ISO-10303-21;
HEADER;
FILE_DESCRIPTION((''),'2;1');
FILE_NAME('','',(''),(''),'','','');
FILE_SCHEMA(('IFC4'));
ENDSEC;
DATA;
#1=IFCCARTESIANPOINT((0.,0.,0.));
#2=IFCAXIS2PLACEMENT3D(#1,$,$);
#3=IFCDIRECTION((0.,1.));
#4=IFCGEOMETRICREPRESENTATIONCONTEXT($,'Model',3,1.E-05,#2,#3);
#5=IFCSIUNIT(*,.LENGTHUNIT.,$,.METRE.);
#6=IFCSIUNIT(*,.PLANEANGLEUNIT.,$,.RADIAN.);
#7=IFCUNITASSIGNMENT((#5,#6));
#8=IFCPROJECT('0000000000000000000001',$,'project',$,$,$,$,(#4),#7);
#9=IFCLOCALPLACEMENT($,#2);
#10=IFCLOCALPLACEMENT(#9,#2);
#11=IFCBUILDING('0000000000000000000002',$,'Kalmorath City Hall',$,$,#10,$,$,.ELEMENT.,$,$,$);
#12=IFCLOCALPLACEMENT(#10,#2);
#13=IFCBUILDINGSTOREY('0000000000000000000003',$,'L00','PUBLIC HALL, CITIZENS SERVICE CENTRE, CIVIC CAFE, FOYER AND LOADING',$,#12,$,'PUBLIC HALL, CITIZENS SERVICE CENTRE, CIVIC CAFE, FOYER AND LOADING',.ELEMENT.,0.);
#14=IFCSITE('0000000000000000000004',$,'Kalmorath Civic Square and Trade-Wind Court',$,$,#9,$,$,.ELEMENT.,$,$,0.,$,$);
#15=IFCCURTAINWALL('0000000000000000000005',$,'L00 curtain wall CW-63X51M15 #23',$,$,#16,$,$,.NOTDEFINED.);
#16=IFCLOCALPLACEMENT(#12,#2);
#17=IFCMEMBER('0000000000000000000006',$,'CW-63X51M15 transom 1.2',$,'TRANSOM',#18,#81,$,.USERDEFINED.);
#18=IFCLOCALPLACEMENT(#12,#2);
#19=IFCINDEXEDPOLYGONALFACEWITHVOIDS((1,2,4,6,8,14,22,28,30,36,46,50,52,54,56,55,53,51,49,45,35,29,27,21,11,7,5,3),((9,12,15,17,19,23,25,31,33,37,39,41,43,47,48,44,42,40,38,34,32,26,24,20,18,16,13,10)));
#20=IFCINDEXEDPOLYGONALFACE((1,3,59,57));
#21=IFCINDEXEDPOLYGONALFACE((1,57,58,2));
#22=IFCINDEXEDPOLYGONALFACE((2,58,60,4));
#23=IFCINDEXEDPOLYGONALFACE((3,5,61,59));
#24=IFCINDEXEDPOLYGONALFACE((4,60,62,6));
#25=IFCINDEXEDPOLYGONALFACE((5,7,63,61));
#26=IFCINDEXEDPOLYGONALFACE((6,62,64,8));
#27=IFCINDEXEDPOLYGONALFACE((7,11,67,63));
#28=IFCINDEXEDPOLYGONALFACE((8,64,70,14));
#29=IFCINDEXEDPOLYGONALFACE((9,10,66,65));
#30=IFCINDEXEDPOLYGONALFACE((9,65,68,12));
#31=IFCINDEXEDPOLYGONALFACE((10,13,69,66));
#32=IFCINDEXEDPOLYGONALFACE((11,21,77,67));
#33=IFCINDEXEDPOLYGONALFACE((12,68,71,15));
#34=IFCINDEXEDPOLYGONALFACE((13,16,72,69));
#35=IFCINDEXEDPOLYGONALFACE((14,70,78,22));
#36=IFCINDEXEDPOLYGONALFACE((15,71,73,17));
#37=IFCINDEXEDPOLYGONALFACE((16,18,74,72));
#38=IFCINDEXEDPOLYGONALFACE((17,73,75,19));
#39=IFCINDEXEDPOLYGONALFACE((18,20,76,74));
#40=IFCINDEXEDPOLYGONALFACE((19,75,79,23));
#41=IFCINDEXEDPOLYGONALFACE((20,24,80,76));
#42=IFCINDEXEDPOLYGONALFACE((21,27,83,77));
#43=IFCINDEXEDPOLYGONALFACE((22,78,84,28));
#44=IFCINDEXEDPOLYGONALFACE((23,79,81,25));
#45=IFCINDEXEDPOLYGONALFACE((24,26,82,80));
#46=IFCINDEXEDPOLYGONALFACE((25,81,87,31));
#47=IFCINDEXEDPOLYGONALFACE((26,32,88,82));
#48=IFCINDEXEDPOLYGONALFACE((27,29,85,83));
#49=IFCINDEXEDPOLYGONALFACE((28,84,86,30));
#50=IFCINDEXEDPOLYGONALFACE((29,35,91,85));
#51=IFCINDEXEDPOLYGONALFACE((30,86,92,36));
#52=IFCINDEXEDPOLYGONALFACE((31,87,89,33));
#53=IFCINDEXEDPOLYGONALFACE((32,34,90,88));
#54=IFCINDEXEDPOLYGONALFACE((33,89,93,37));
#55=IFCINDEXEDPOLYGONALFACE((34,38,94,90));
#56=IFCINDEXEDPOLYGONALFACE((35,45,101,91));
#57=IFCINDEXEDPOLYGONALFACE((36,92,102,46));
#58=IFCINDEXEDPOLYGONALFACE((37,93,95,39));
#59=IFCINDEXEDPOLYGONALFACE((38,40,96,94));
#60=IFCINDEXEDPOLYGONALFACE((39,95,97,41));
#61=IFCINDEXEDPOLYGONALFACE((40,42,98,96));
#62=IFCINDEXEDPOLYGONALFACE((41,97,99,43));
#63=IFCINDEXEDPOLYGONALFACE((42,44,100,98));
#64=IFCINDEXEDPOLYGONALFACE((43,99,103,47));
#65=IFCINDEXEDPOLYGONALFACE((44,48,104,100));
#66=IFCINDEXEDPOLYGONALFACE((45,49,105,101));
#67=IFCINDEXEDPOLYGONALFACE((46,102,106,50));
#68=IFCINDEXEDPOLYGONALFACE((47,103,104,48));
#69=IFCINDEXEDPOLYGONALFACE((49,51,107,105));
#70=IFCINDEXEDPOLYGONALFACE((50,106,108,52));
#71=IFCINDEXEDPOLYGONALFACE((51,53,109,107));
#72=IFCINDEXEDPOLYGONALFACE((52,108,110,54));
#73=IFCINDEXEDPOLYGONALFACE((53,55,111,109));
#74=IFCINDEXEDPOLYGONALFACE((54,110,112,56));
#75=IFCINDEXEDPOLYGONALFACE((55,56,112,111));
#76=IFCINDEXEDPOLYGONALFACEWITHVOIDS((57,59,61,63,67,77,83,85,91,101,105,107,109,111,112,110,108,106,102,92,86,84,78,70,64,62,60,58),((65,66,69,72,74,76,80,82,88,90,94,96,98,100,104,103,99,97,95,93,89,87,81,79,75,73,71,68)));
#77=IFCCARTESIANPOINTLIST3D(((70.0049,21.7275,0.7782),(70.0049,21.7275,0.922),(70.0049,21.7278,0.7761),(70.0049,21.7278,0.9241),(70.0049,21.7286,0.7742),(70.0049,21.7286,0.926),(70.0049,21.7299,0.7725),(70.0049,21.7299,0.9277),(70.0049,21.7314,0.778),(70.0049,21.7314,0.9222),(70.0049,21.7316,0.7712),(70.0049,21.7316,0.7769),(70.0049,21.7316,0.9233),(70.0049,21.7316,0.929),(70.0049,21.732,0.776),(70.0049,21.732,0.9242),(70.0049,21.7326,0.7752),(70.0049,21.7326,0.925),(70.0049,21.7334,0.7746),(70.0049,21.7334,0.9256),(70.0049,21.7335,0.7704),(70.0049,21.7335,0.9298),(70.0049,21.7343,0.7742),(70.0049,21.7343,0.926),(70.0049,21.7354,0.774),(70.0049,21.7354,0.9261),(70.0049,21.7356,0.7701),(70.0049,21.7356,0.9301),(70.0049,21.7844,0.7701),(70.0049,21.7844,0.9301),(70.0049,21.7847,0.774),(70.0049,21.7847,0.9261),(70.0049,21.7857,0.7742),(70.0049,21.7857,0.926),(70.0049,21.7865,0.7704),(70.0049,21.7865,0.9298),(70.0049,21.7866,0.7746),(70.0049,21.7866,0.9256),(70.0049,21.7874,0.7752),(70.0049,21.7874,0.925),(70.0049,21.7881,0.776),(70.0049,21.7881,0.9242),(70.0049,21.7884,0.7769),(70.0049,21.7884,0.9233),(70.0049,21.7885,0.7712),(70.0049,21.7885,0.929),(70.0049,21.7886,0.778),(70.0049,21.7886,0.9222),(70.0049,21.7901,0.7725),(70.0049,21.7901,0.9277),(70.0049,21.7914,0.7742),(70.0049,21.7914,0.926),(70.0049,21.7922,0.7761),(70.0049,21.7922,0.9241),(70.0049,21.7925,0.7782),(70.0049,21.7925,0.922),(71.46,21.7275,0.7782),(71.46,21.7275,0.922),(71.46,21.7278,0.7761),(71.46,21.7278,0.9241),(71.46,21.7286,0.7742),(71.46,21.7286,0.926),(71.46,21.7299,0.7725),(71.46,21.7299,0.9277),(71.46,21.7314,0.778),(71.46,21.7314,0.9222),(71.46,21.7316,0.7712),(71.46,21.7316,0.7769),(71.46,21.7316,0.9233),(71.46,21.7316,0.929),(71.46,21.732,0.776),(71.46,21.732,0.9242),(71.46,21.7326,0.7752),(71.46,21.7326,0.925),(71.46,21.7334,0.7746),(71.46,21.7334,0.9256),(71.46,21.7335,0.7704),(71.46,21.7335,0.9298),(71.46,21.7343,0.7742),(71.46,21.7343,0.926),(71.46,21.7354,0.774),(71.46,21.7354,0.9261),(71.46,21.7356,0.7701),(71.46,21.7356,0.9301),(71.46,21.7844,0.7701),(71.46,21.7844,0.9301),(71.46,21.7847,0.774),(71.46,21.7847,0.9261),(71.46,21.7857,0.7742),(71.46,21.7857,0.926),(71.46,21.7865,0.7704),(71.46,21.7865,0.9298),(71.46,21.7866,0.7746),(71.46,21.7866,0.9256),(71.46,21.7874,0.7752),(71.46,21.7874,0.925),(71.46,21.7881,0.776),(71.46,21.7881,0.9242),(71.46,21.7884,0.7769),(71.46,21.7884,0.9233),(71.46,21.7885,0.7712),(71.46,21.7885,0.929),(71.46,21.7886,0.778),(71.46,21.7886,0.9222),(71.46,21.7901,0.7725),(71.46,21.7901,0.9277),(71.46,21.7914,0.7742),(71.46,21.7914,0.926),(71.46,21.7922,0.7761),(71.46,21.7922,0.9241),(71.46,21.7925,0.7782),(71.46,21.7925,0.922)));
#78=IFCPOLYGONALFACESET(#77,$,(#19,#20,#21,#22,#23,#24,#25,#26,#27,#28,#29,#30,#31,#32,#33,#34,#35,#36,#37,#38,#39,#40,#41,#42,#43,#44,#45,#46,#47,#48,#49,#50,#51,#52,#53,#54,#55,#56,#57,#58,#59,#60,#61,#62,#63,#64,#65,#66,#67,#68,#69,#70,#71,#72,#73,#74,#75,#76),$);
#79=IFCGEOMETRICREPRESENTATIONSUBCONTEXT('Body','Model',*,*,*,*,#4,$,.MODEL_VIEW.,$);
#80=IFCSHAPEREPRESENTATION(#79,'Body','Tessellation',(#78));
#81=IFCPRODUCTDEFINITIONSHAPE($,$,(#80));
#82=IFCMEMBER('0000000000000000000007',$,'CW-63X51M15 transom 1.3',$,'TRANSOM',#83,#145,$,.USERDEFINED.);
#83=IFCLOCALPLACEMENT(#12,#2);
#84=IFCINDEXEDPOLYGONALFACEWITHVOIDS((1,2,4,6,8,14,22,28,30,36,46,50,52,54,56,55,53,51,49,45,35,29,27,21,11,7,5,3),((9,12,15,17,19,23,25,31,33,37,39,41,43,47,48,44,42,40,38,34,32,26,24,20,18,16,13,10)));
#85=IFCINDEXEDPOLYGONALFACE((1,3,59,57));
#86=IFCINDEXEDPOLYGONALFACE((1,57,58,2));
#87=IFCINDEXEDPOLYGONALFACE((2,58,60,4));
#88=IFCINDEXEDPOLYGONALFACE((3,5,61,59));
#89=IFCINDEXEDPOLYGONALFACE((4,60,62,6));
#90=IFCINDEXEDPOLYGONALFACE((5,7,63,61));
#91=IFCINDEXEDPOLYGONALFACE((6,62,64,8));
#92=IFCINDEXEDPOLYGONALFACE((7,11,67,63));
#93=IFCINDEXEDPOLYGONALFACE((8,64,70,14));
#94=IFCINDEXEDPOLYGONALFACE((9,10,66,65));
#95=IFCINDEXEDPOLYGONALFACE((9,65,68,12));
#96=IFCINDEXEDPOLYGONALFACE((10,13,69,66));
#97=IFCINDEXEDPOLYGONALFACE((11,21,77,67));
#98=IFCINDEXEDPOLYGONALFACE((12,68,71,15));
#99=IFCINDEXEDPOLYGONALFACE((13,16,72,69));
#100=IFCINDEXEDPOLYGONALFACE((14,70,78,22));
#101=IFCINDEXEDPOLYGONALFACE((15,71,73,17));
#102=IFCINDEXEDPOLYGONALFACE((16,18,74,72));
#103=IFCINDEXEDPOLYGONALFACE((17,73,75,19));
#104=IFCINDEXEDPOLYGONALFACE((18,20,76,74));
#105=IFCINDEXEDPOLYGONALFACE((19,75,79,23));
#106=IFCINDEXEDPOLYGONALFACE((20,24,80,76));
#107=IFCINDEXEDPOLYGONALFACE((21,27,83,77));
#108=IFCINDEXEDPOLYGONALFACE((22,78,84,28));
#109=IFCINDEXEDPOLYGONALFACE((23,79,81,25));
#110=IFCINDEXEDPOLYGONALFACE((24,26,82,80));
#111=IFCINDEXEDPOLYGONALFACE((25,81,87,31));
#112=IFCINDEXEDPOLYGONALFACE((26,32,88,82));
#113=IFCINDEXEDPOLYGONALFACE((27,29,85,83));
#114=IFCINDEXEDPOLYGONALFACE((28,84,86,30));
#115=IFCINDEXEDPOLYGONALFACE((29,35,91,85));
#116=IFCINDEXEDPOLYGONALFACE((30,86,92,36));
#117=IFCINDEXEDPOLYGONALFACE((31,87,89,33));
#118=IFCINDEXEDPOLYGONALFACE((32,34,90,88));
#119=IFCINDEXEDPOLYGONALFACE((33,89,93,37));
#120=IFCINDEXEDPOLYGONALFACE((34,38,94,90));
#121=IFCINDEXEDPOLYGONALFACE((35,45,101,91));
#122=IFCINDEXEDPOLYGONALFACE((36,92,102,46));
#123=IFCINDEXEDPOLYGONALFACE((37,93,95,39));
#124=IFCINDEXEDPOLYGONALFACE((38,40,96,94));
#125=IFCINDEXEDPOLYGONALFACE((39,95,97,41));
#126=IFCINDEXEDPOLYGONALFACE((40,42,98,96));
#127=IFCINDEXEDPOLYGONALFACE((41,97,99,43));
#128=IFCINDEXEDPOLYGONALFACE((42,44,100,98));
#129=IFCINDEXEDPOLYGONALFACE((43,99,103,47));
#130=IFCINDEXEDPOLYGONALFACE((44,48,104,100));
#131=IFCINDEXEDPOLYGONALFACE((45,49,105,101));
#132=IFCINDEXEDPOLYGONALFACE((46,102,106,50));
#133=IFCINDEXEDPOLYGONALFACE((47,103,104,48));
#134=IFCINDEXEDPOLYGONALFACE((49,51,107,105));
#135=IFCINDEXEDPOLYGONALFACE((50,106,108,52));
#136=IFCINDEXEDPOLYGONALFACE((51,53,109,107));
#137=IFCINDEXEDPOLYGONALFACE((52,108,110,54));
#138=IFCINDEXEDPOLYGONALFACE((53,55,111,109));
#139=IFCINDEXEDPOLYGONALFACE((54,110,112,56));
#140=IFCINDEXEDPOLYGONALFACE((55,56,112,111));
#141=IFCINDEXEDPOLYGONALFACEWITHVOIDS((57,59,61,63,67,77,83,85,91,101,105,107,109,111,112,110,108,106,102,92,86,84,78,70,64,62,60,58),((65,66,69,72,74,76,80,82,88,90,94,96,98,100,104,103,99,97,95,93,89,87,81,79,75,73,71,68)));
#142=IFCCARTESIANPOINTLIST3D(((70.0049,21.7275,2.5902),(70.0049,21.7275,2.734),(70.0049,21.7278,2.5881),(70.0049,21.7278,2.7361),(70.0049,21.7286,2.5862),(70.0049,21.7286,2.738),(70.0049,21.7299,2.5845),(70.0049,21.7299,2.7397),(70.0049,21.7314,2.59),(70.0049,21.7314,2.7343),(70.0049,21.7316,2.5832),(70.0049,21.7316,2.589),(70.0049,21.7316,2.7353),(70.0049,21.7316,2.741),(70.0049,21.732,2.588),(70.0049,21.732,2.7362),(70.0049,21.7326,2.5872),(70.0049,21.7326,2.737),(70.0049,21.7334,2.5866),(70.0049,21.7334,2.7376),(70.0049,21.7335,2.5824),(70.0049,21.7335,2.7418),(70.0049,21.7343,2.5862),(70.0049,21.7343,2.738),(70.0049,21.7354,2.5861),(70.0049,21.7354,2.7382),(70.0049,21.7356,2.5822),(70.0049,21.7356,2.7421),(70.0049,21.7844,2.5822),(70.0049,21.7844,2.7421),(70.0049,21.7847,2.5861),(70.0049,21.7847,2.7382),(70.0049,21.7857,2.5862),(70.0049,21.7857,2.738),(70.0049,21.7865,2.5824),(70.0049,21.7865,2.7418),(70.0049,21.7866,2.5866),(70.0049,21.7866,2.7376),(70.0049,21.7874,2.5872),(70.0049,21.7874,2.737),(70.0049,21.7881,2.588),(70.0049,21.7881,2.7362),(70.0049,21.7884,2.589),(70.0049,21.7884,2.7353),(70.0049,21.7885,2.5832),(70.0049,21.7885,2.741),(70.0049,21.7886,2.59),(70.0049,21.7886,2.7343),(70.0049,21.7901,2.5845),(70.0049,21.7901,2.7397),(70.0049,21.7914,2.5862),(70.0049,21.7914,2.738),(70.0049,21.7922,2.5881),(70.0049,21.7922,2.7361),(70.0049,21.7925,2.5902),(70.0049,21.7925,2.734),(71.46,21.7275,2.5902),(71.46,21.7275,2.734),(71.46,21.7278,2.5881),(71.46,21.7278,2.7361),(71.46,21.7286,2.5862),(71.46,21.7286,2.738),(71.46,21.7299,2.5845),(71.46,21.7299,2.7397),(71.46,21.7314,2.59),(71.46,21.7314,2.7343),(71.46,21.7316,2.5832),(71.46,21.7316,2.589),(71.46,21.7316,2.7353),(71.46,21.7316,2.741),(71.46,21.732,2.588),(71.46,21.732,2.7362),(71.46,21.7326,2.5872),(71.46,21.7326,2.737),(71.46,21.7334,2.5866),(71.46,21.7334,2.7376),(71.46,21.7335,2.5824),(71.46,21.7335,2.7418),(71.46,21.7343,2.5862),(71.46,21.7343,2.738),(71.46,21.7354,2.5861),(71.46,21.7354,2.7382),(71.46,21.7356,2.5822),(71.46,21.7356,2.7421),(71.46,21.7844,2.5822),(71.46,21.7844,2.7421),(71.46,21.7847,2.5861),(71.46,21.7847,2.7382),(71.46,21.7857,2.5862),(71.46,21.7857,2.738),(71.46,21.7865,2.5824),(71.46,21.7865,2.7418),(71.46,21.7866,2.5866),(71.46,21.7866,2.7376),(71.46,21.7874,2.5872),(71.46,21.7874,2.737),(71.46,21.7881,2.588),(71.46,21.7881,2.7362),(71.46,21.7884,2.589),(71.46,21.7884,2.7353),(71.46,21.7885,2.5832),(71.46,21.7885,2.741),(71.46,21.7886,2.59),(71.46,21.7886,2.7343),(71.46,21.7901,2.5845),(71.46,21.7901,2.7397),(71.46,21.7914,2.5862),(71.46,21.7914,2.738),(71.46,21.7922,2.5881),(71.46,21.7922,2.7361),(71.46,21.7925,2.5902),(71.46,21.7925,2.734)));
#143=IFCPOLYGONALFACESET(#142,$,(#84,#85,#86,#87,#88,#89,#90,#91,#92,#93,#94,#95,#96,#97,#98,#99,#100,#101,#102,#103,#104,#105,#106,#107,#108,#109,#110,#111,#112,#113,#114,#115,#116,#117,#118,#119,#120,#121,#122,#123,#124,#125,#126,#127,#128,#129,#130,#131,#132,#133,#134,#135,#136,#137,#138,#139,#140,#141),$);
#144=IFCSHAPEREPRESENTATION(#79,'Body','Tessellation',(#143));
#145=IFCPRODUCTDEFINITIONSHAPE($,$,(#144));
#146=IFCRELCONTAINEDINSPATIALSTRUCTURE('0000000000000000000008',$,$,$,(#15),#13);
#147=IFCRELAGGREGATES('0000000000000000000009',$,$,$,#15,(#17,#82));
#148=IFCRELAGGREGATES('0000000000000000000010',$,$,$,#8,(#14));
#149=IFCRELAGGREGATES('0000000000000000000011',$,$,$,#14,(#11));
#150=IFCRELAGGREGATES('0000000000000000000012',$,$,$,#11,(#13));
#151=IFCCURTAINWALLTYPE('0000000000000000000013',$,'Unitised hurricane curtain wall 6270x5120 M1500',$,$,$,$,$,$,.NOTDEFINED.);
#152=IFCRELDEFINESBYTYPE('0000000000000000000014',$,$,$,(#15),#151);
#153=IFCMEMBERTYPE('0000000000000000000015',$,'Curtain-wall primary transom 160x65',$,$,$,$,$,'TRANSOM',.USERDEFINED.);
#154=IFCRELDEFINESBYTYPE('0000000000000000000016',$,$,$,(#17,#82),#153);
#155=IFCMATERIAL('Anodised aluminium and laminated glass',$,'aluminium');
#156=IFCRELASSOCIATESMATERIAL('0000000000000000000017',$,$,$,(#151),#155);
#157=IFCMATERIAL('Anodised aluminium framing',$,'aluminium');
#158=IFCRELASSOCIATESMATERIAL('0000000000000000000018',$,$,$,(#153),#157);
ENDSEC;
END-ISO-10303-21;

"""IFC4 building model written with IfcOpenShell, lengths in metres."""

from ifc_helpers import new_model, si_unit, direction, frame, origin, origin_2d, place, context, subcontext, project, spatial, hollow_rectangle, extrude, material, material_profile, profile_set, type_object, element, aggregate, save


model = new_model("IFC4")

# Units and contexts
model_context = context("Model", 3, precision=1e-05, world=origin(), true_north=direction((0.0, 1.0)))
body_context = subcontext(model_context, "Body", "Model", "MODEL_VIEW")
ifc_project = project(units=[si_unit("LENGTHUNIT", "METRE"), si_unit("PLANEANGLEUNIT", "RADIAN")], contexts=[model_context])

# Site, building, storey
site_placement = place(None, origin())
site = spatial("IfcSite", under=ifc_project, at=site_placement, Name="Kalmorath Civic Square and Trade-Wind Court", CompositionType="ELEMENT", RefElevation=0.0)
building_placement = place(site_placement, origin())
building = spatial("IfcBuilding", under=site, at=building_placement, Name="Kalmorath City Hall", CompositionType="ELEMENT")
storey_placement = place(building_placement, origin())
storey = spatial("IfcBuildingStorey", under=building, at=storey_placement, Name="L00", Description="PUBLIC HALL, CITIZENS SERVICE CENTRE, CIVIC CAFE, FOYER AND LOADING", LongName="PUBLIC HALL, CITIZENS SERVICE CENTRE, CIVIC CAFE, FOYER AND LOADING", CompositionType="ELEMENT", Elevation=0.0)

# Curtain wall
ifc_material_1 = material(Name="Anodised aluminium and laminated glass", Category="aluminium")
curtain_wall_type_1 = type_object("IfcCurtainWallType", Name="Unitised hurricane curtain wall 6270x5120 M1500", PredefinedType="NOTDEFINED", material=ifc_material_1)
curtain_wall_1_placement = place(storey_placement, origin())
curtain_wall_1 = element("IfcCurtainWall", 1, at=curtain_wall_1_placement, inside=storey, type_object=curtain_wall_type_1, Name="L00 curtain wall CW-63X51M15 #23", PredefinedType="NOTDEFINED")

# Members
ifc_material_2 = material(Name="Anodised aluminium framing", Category="aluminium")
ifc_material_profile_1 = material_profile(ifc_material_2, hollow_rectangle(XDim=0.0649, YDim=0.1599, WallThickness=0.0039, InnerFilletRadius=0.0039, OuterFilletRadius=0.0081, at=origin_2d()), Name="ALU-TRN-160X65X4")
ifc_profile_set_1 = profile_set([ifc_material_profile_1], Name="Anodised aluminium framing")
member_type_1 = type_object("IfcMemberType", Name="Curtain-wall primary transom 160x65", ElementType="TRANSOM", PredefinedType="USERDEFINED", material=ifc_profile_set_1)
member_1_placement = place(storey_placement, frame((71.46, 21.76, 0.8501), z_axis=(-1.0, 0.0, 0.0), x_axis=(0.0, -1.0, 0.0)))
member_1 = element("IfcMember", 2, at=member_1_placement, type_object=member_type_1, Name="CW-63X51M15 transom 1.2", ObjectType="TRANSOM", PredefinedType="USERDEFINED", context=body_context, shape_type="SweptSolid", body=[
    extrude(hollow_rectangle(XDim=0.0649, YDim=0.1599, WallThickness=0.0039, InnerFilletRadius=0.0039, OuterFilletRadius=0.0081, at=origin_2d()), origin(), (0.0, 0.0, 1.0), 1.4551),
])
member_2_placement = place(storey_placement, frame((71.46, 21.76, 2.6621), z_axis=(-1.0, 0.0, 0.0), x_axis=(0.0, -1.0, 0.0)))
member_2 = element("IfcMember", 3, at=member_2_placement, type_object=member_type_1, Name="CW-63X51M15 transom 1.3", ObjectType="TRANSOM", PredefinedType="USERDEFINED", context=body_context, shape_type="SweptSolid", body=[
    extrude(hollow_rectangle(XDim=0.0649, YDim=0.1599, WallThickness=0.0039, InnerFilletRadius=0.0039, OuterFilletRadius=0.0081, at=origin_2d()), origin(), (0.0, 0.0, 1.0), 1.4551),
])

aggregate(curtain_wall_1, [member_1, member_2])

save(model, "model.ifc")
